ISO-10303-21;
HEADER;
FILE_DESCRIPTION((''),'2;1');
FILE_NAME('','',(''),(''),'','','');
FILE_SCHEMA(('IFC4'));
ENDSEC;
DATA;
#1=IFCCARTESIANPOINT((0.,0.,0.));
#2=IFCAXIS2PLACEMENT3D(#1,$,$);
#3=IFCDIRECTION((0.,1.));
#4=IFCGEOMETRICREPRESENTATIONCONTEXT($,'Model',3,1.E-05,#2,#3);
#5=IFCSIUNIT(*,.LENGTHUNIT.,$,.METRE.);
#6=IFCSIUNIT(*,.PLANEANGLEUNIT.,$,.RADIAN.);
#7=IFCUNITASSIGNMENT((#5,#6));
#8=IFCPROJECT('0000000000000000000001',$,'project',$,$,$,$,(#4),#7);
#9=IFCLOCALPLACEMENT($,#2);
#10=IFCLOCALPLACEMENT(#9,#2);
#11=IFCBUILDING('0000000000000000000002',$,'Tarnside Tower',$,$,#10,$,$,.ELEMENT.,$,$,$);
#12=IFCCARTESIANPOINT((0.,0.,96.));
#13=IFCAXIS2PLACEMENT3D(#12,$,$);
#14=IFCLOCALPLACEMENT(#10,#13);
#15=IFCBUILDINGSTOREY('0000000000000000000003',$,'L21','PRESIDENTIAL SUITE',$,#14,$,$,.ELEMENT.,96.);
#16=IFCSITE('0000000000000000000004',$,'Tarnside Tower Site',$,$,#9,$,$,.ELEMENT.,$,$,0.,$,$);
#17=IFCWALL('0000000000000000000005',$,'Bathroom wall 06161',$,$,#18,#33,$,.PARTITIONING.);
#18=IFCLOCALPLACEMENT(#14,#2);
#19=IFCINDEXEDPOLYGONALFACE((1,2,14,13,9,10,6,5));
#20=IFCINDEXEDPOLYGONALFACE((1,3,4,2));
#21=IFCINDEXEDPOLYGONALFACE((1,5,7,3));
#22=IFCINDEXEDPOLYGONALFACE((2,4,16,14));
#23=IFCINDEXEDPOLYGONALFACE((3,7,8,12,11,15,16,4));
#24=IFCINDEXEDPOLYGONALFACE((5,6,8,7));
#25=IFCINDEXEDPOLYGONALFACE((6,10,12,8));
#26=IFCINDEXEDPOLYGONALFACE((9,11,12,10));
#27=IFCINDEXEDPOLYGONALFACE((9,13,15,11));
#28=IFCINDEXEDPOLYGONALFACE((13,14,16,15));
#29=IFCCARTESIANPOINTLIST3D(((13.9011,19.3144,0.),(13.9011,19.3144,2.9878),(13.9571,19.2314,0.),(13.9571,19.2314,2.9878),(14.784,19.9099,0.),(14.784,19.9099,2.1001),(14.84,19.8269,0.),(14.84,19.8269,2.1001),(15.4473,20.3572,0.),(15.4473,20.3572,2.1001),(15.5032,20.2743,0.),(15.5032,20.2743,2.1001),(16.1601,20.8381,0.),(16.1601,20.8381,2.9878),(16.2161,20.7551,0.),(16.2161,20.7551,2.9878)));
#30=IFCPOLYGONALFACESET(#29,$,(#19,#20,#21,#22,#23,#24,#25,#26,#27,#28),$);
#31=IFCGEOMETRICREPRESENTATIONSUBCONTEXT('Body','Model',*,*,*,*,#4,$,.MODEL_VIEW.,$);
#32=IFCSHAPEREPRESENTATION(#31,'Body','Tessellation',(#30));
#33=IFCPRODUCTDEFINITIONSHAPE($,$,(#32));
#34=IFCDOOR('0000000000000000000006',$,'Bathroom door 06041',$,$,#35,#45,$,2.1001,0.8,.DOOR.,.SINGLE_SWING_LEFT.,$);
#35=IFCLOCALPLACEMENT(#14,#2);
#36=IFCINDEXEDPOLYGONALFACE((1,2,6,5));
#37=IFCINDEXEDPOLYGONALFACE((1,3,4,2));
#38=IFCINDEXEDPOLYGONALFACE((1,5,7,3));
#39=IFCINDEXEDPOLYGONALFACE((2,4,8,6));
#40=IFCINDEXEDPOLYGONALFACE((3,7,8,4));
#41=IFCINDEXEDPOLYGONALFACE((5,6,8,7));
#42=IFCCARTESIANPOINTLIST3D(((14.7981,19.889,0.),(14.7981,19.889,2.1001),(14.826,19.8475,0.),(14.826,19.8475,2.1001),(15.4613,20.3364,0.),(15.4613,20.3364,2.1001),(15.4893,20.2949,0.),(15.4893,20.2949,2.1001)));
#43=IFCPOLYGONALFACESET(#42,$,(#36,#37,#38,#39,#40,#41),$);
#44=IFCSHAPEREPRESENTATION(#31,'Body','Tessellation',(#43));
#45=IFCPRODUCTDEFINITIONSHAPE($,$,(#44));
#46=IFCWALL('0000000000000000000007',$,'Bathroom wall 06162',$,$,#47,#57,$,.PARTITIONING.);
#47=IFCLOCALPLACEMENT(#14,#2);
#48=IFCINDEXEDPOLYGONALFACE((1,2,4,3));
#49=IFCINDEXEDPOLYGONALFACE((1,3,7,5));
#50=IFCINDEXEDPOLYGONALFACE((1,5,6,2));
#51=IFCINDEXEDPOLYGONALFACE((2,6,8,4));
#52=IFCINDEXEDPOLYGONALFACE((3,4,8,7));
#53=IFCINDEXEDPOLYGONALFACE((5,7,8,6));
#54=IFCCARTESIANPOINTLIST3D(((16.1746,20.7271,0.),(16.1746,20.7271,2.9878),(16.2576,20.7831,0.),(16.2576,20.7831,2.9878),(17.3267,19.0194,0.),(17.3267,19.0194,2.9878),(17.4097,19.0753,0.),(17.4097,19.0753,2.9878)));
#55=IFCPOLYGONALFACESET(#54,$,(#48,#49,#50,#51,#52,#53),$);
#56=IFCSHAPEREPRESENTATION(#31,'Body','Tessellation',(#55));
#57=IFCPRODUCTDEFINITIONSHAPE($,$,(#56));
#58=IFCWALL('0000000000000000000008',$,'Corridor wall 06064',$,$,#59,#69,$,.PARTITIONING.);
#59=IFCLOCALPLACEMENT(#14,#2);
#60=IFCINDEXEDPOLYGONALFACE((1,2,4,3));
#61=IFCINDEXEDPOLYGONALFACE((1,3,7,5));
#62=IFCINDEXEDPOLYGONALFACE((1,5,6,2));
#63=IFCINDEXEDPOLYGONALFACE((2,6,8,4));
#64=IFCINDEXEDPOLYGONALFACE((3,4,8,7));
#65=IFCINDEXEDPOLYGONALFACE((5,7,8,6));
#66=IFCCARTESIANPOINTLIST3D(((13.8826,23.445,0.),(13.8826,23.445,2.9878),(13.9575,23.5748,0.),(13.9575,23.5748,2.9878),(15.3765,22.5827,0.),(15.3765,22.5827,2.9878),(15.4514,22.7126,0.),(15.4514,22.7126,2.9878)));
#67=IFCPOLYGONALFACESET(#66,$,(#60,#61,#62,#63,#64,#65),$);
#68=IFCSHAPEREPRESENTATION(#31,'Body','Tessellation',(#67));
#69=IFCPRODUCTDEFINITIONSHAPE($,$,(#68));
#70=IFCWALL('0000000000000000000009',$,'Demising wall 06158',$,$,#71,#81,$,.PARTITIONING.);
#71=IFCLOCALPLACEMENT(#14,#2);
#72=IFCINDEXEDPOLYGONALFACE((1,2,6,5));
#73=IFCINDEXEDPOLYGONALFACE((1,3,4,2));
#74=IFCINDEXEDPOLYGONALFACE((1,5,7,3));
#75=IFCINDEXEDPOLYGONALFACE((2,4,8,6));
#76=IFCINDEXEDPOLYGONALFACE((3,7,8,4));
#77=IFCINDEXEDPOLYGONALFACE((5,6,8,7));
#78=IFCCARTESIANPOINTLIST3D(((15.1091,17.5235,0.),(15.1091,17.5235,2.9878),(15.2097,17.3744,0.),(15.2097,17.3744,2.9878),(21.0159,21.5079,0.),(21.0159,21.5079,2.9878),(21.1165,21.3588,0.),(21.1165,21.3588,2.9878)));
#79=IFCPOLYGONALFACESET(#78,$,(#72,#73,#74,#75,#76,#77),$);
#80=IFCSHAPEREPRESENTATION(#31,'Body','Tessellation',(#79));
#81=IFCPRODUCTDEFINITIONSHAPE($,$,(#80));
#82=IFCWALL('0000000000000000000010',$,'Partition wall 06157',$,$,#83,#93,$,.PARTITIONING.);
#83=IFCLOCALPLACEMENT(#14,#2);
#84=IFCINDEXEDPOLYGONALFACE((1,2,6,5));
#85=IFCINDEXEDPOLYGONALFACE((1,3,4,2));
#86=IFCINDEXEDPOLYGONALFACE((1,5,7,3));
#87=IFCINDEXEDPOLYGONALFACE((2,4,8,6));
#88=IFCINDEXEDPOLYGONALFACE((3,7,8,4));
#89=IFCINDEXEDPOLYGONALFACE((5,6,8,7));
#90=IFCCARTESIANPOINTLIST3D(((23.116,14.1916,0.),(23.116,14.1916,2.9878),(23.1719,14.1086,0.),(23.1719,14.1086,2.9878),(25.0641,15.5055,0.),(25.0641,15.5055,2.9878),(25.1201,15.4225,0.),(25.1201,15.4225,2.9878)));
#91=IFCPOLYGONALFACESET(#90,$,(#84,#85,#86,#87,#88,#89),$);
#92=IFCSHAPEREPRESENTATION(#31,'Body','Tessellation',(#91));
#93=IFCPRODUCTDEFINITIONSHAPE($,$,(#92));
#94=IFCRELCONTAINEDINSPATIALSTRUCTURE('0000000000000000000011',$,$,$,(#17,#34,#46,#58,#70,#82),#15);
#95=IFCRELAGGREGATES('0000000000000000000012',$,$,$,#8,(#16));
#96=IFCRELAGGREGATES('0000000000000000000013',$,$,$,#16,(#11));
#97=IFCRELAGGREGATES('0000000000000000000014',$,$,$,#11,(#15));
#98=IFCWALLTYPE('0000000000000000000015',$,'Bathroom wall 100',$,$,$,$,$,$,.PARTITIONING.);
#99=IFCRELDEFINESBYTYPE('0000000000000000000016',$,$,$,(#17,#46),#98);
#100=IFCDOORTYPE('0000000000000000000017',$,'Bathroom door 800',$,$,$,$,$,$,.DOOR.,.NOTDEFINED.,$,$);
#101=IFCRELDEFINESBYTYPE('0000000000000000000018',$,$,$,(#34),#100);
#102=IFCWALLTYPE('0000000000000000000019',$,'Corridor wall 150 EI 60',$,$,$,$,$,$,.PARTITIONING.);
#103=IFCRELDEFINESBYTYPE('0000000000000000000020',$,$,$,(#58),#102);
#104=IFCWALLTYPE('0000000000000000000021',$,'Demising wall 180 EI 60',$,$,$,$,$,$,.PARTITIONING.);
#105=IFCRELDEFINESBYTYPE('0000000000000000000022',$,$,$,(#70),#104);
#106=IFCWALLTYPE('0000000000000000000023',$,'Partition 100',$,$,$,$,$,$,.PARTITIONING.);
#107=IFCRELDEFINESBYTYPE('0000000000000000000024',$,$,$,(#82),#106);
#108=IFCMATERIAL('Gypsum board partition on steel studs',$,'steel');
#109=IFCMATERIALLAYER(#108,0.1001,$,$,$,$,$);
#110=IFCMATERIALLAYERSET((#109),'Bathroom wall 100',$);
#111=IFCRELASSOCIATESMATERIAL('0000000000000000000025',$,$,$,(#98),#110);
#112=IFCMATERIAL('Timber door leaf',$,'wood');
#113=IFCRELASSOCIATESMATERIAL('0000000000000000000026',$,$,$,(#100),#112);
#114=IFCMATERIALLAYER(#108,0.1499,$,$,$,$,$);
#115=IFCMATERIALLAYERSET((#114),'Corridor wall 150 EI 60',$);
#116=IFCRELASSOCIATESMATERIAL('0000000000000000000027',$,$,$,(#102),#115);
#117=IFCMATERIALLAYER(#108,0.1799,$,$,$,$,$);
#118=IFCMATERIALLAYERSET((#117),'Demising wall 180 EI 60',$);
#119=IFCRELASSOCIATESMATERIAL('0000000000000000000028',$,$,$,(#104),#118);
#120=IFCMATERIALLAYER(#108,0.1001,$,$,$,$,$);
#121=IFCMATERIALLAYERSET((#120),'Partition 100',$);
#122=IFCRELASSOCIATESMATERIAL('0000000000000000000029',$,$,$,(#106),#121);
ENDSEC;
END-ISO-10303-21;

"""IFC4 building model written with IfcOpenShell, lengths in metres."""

from ifc_helpers import new_model, si_unit, direction, frame, frame_2d, origin, place, context, subcontext, project, spatial, rectangle, extrude, material, layer, layer_set, type_object, element, fill, save


model = new_model("IFC4")

# Units and contexts
model_context = context("Model", 3, precision=1e-05, world=origin(), true_north=direction((0.0, 1.0)))
body_context = subcontext(model_context, "Body", "Model", "MODEL_VIEW")
ifc_project = project(units=[si_unit("LENGTHUNIT", "METRE"), si_unit("PLANEANGLEUNIT", "RADIAN")], contexts=[model_context])

# Site, building, storey
site_placement = place(None, origin())
site = spatial("IfcSite", under=ifc_project, at=site_placement, Name="Tarnside Tower Site", CompositionType="ELEMENT", RefElevation=0.0)
building_placement = place(site_placement, origin())
building = spatial("IfcBuilding", under=site, at=building_placement, Name="Tarnside Tower", CompositionType="ELEMENT")
storey_placement = place(building_placement, frame((0.0, 0.0, 96.0)))
storey = spatial("IfcBuildingStorey", under=building, at=storey_placement, Name="L21", Description="PRESIDENTIAL SUITE", CompositionType="ELEMENT", Elevation=96.0)

# Shared definitions
ifc_material_1 = material(Name="Gypsum board partition on steel studs", Category="steel")
ifc_layer_1 = layer(ifc_material_1, 0.1001)
ifc_layer_set_1 = layer_set([ifc_layer_1], Name="Bathroom wall 100")
wall_type_1 = type_object("IfcWallType", Name="Bathroom wall 100", PredefinedType="PARTITIONING", material=ifc_layer_set_1)

# Wall, opening, door
ifc_material_2 = material(Name="Timber door leaf", Category="wood")
door_type = type_object("IfcDoorType", Name="Bathroom door 800", OperationType="NOTDEFINED", PredefinedType="DOOR", material=ifc_material_2)
wall_1_placement = place(storey_placement, frame((13.9292, 19.2729, 0.0), z_axis=(0.0, 0.0, 1.0), x_axis=(0.829047, 0.559179, 0.0)))
wall_1 = element("IfcWall", 1, at=wall_1_placement, inside=storey, type_object=wall_type_1, Name="Bathroom wall 06161", PredefinedType="PARTITIONING", context=body_context, shape_type="SweptSolid", body=[
    extrude(rectangle(XDim=2.7249, YDim=0.1001, at=frame_2d((1.3623, 0.0))), origin(), (0.0, 0.0, 1.0), 2.9878),
])
opening_1_placement = place(wall_1_placement, frame((1.0649, 0.0, 0.0)))
opening_1 = element("IfcOpeningElement", 2, at=opening_1_placement, cuts=wall_1, PredefinedType="OPENING", context=body_context, shape_type="SweptSolid", body=[
    extrude(rectangle(XDim=0.8, YDim=2.1001, at=frame_2d((0.3999, 1.05))), frame((0.0, 0.0601, 0.0), z_axis=(0.0, -1.0, 0.0), x_axis=(1.0, 0.0, 0.0)), (0.0, 0.0, 1.0), 0.1201),
])
door_1_placement = place(opening_1_placement, origin())
door_1 = element("IfcDoor", 3, at=door_1_placement, inside=storey, type_object=door_type, Name="Bathroom door 06041", OperationType="SINGLE_SWING_LEFT", OverallHeight=2.1001, OverallWidth=0.8, PredefinedType="DOOR", context=body_context, shape_type="SweptSolid", body=[
    extrude(rectangle(XDim=0.8, YDim=2.1001, at=frame_2d((0.3999, 1.05))), frame((0.0, 0.0249, 0.0), z_axis=(0.0, -1.0, 0.0), x_axis=(1.0, 0.0, 0.0)), (0.0, 0.0, 1.0), 0.05),
])
fill(opening_1, door_1)

# Walls
wall_2_placement = place(storey_placement, frame((16.2161, 20.7551, 0.0), z_axis=(0.0, 0.0, 1.0), x_axis=(0.559259, -0.828993, 0.0)))
element("IfcWall", 4, at=wall_2_placement, inside=storey, type_object=wall_type_1, Name="Bathroom wall 06162", PredefinedType="PARTITIONING", context=body_context, shape_type="SweptSolid", body=[
    extrude(rectangle(XDim=2.0601, YDim=0.1001, at=frame_2d((1.03, 0.0))), origin(), (0.0, 0.0, 1.0), 2.9878),
])
ifc_layer_2 = layer(ifc_material_1, 0.1499)
ifc_layer_set_2 = layer_set([ifc_layer_2], Name="Corridor wall 150 EI 60")
wall_type_2 = type_object("IfcWallType", Name="Corridor wall 150 EI 60", PredefinedType="PARTITIONING", material=ifc_layer_set_2)
wall_3_placement = place(storey_placement, frame((15.4138, 22.6477, 0.0), z_axis=(0.0, 0.0, 1.0), x_axis=(-0.866075, 0.499914, 0.0)))
element("IfcWall", 5, at=wall_3_placement, inside=storey, type_object=wall_type_2, Name="Corridor wall 06064", PredefinedType="PARTITIONING", context=body_context, shape_type="SweptSolid", body=[
    extrude(rectangle(XDim=1.7249, YDim=0.1499, at=frame_2d((0.8623, 0.0))), origin(), (0.0, 0.0, 1.0), 2.9878),
])
ifc_layer_3 = layer(ifc_material_1, 0.1799)
ifc_layer_set_3 = layer_set([ifc_layer_3], Name="Demising wall 180 EI 60")
wall_type_3 = type_object("IfcWallType", Name="Demising wall 180 EI 60", PredefinedType="PARTITIONING", material=ifc_layer_set_3)
wall_4_placement = place(storey_placement, frame((21.0662, 21.4333, 0.0), z_axis=(0.0, 0.0, 1.0), x_axis=(-0.829023, -0.559215, 0.0)))
element("IfcWall", 6, at=wall_4_placement, inside=storey, type_object=wall_type_3, Name="Demising wall 06158", PredefinedType="PARTITIONING", context=body_context, shape_type="SweptSolid", body=[
    extrude(rectangle(XDim=7.125, YDim=0.1799, at=frame_2d((3.5625, 0.0))), origin(), (0.0, 0.0, 1.0), 2.9878),
])
ifc_layer_4 = layer(ifc_material_1, 0.1001)
ifc_layer_set_4 = layer_set([ifc_layer_4], Name="Partition 100")
wall_type_4 = type_object("IfcWallType", Name="Partition 100", PredefinedType="PARTITIONING", material=ifc_layer_set_4)
wall_5_placement = place(storey_placement, frame((23.144, 14.1501, 0.0), z_axis=(0.0, 0.0, 1.0), x_axis=(0.829065, 0.559152, 0.0)))
element("IfcWall", 7, at=wall_5_placement, inside=storey, type_object=wall_type_4, Name="Partition wall 06157", PredefinedType="PARTITIONING", context=body_context, shape_type="SweptSolid", body=[
    extrude(rectangle(XDim=2.3499, YDim=0.1001, at=frame_2d((1.1748, 0.0))), origin(), (0.0, 0.0, 1.0), 2.9878),
])

save(model, "model.ifc")
